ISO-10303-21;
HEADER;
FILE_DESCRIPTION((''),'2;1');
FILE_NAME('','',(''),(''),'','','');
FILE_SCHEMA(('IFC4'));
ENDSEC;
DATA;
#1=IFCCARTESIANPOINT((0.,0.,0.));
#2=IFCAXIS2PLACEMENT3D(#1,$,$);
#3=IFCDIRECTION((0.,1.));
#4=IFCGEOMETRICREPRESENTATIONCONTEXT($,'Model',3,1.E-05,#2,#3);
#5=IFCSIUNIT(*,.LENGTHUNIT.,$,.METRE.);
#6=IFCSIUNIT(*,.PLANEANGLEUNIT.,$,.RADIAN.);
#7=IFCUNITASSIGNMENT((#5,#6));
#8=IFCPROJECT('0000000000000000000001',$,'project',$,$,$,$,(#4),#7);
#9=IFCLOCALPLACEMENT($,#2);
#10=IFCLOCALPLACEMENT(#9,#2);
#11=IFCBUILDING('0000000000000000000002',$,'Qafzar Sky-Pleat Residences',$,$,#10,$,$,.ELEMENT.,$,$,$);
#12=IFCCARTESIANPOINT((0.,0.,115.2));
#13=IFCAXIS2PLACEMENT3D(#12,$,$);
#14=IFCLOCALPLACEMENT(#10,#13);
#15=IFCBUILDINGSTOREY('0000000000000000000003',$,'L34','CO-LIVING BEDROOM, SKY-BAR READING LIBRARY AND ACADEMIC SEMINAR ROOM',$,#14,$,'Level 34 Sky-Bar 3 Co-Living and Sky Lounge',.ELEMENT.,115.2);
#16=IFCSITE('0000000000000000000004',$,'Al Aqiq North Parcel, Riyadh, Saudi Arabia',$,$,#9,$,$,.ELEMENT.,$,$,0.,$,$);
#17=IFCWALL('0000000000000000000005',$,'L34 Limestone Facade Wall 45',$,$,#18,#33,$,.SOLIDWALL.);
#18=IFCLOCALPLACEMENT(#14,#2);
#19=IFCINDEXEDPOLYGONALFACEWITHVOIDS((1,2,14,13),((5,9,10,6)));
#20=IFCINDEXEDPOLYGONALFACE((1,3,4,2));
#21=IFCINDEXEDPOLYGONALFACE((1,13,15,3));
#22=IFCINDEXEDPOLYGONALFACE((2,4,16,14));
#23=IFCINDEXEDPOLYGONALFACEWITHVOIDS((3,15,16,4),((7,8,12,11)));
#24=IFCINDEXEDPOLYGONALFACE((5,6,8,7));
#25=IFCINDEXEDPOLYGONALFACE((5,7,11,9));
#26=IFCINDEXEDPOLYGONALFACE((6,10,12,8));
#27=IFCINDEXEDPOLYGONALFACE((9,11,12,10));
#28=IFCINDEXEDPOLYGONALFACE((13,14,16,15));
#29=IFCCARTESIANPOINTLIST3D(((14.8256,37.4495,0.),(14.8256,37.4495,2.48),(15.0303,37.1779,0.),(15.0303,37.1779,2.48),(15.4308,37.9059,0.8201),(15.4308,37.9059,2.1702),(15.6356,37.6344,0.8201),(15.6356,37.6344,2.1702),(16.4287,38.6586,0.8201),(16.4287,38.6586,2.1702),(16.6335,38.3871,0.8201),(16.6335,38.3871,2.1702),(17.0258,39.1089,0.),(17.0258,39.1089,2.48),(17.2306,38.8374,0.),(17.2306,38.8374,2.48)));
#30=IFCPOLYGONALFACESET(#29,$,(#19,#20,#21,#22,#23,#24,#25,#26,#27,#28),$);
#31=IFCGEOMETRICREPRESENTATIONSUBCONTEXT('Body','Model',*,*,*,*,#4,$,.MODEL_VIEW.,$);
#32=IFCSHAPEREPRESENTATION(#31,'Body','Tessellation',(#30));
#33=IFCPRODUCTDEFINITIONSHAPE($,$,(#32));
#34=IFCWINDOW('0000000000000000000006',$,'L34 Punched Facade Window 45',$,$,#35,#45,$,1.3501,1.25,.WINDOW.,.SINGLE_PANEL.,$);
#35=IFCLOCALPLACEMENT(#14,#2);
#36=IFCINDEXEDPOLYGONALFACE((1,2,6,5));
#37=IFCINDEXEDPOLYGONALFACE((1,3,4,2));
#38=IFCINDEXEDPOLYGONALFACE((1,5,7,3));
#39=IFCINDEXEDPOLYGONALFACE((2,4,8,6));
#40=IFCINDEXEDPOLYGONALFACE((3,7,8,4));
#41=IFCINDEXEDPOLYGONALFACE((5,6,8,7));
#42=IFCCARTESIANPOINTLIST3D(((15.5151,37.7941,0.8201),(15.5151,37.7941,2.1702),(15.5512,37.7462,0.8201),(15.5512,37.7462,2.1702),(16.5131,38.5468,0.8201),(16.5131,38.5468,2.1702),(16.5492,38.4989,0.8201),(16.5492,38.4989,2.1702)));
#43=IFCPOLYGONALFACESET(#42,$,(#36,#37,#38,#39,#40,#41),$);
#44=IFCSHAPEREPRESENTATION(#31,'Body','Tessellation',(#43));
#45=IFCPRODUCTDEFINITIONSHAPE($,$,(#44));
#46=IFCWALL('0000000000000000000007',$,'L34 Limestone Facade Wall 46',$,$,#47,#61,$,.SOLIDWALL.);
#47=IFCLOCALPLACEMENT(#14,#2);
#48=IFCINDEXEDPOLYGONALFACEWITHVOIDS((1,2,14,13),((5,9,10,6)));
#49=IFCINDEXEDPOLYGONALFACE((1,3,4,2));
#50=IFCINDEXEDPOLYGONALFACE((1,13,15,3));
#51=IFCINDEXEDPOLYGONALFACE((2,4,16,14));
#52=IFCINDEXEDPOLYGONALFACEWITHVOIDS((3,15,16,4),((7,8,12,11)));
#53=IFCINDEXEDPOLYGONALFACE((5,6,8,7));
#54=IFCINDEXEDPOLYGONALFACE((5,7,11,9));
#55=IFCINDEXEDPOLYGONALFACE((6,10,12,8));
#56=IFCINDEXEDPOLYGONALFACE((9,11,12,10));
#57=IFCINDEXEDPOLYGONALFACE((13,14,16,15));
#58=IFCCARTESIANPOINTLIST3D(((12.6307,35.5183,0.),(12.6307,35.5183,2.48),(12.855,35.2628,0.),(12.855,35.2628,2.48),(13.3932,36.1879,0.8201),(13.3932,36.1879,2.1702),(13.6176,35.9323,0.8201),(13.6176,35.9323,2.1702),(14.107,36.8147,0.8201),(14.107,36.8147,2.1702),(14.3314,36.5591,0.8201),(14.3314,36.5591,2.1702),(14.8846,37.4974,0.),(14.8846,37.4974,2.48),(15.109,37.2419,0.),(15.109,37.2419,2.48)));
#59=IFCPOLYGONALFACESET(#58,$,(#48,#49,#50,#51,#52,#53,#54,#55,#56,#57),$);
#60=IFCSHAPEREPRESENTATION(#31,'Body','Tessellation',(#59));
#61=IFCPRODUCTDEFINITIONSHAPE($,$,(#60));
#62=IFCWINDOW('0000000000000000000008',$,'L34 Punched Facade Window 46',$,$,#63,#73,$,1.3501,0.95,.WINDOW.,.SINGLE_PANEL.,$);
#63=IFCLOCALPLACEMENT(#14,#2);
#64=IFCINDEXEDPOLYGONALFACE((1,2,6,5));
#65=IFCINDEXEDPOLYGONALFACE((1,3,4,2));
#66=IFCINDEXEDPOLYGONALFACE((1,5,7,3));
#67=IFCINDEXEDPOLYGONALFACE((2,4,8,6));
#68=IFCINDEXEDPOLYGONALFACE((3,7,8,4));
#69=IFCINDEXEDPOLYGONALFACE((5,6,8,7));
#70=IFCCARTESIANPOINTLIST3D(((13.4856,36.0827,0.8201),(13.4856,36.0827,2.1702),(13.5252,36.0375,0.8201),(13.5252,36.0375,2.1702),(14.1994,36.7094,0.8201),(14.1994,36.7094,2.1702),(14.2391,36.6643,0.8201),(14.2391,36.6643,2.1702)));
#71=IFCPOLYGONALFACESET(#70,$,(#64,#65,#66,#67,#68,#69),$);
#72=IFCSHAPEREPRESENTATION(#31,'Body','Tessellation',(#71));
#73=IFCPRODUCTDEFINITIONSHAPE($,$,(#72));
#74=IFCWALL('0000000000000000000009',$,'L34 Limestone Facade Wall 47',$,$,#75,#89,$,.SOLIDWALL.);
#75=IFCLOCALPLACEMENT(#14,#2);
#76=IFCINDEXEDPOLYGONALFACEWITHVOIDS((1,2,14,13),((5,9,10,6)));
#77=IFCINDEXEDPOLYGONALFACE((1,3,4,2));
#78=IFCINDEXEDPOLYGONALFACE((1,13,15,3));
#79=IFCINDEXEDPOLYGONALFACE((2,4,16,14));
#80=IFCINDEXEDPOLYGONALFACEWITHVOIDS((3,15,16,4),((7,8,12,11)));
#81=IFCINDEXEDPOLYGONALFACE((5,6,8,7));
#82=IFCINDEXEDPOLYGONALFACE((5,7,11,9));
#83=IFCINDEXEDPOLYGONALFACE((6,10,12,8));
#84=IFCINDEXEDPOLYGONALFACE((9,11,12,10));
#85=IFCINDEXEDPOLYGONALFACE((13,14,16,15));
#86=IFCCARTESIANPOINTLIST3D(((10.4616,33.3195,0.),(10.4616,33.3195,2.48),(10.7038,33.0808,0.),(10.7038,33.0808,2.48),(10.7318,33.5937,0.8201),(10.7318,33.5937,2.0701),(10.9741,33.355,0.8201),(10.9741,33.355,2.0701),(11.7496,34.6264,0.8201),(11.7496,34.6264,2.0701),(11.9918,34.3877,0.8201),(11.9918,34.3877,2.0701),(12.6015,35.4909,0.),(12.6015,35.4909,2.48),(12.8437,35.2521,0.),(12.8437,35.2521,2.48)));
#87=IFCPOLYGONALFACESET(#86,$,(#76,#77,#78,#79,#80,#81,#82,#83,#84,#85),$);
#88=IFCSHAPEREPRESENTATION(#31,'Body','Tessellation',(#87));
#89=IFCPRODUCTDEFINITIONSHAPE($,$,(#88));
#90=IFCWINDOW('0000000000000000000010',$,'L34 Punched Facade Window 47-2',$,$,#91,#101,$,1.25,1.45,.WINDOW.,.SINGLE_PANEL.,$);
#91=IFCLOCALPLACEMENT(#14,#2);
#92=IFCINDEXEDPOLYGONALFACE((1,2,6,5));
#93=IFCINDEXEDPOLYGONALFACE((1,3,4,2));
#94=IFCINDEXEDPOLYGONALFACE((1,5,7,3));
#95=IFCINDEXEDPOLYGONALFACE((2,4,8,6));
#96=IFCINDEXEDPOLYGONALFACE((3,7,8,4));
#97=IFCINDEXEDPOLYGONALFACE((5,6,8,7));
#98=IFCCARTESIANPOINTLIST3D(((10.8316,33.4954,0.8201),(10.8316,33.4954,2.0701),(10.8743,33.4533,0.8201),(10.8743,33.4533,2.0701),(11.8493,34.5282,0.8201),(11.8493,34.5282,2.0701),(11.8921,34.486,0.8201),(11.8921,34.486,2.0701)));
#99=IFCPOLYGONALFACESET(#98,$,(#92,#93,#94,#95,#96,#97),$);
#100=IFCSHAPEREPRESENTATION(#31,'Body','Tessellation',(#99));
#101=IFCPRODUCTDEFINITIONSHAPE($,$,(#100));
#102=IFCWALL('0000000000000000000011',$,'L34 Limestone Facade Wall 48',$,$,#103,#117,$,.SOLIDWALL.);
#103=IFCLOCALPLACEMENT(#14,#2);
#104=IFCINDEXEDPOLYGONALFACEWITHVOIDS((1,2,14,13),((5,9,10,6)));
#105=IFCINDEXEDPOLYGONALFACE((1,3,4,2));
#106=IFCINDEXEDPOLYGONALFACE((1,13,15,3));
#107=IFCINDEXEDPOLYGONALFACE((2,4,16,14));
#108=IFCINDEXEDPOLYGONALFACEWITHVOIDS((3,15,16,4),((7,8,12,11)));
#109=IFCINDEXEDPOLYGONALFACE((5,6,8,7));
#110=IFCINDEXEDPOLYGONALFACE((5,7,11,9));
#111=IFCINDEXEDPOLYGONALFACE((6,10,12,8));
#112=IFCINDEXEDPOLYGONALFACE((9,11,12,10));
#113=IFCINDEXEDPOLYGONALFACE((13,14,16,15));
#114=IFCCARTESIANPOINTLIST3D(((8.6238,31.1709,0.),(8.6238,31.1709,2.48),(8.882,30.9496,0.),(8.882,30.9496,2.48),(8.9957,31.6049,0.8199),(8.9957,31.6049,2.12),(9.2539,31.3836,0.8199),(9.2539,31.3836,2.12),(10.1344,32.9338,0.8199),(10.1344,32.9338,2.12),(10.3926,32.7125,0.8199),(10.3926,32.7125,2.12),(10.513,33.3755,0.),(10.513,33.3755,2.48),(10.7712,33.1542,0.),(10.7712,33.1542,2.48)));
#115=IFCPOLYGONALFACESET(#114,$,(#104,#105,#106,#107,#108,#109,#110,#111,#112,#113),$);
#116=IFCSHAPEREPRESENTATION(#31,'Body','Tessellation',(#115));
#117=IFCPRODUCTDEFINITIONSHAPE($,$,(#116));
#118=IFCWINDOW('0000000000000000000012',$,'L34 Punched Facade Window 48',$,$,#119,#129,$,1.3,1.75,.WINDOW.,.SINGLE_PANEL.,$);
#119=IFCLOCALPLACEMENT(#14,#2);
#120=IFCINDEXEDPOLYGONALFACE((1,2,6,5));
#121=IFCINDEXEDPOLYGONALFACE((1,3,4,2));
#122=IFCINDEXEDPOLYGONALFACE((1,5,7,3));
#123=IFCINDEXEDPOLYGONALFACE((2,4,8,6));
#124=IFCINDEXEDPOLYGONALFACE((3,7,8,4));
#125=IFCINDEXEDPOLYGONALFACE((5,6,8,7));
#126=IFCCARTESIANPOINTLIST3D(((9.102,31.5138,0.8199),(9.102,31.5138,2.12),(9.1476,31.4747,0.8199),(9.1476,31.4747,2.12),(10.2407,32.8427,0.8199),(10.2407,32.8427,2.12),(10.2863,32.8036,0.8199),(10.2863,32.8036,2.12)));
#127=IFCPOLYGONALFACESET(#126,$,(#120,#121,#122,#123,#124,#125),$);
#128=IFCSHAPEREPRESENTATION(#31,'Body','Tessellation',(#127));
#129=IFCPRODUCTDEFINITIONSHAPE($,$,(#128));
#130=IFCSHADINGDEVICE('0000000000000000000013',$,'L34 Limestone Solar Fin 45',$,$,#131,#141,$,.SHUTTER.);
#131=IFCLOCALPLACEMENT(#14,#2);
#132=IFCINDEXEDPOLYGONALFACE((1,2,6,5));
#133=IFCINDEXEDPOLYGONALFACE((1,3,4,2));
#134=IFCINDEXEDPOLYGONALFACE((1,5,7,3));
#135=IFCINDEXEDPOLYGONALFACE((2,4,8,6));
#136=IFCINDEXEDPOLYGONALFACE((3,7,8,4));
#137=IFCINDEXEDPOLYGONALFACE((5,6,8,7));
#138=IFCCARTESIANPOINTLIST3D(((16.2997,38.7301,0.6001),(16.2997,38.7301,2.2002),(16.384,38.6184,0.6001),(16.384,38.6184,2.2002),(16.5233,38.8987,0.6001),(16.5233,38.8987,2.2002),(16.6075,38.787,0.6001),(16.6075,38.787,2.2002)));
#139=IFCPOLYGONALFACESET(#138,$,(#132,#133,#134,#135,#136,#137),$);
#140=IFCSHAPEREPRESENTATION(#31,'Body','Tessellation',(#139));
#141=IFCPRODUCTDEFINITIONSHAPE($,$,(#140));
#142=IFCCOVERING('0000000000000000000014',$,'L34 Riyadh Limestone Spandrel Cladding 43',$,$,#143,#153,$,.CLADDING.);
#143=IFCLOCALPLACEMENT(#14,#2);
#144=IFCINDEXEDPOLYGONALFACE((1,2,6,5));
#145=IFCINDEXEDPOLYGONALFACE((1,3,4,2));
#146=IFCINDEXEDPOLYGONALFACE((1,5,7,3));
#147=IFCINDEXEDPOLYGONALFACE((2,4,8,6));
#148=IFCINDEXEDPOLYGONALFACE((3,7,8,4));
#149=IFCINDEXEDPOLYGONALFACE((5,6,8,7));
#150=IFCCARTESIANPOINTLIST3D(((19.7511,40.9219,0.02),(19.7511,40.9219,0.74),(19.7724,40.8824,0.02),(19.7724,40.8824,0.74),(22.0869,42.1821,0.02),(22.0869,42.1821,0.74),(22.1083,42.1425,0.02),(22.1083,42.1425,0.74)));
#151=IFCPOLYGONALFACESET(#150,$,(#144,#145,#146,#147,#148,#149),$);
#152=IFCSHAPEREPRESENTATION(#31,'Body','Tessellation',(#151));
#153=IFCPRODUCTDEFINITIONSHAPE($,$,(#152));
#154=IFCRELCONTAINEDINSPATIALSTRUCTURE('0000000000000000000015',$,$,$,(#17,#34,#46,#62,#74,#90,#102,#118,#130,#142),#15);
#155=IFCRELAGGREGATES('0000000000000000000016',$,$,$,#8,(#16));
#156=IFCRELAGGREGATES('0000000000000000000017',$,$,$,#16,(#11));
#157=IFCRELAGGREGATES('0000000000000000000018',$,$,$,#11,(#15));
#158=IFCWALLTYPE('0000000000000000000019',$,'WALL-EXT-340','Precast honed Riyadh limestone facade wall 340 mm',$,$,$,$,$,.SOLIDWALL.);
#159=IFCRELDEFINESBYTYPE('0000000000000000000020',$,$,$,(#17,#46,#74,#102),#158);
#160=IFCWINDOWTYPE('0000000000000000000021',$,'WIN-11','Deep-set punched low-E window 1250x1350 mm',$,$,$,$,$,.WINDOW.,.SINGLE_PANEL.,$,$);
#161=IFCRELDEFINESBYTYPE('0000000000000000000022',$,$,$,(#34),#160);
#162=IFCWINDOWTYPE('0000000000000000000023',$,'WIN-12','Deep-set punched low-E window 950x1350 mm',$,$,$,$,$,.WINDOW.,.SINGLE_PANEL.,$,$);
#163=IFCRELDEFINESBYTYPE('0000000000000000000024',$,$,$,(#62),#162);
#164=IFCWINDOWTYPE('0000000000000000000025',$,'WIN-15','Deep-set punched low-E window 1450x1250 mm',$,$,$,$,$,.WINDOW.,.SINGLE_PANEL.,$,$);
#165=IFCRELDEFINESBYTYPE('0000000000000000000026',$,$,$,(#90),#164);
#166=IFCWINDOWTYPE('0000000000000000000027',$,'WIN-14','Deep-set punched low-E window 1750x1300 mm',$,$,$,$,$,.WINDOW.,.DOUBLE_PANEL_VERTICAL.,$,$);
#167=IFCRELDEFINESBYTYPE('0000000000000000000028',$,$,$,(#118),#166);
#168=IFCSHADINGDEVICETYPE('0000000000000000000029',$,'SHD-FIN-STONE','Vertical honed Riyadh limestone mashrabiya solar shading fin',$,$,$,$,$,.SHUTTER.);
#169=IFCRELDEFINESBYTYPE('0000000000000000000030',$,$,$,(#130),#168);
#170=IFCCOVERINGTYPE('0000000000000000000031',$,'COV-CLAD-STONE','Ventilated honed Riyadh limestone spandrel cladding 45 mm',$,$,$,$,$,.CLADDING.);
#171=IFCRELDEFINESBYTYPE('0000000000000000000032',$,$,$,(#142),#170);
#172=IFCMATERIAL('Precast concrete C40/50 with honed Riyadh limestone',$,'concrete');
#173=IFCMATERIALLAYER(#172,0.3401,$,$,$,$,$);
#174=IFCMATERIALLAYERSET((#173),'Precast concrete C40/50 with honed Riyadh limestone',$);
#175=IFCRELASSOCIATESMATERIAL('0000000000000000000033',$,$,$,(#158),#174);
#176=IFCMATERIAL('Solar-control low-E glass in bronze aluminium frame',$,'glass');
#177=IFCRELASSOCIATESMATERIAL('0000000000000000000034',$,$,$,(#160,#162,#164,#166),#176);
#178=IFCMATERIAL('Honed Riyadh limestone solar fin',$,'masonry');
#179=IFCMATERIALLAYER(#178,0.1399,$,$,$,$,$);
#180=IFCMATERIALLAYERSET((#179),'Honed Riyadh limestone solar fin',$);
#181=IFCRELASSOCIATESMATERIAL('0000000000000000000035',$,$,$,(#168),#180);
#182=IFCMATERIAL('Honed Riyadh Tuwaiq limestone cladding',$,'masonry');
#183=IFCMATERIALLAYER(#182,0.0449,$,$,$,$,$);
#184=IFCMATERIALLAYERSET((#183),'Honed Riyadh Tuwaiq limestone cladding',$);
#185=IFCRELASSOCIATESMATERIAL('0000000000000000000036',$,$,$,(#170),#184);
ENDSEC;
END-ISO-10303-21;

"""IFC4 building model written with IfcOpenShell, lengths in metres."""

from ifc_helpers import new_model, si_unit, direction, frame, frame_2d, origin, origin_2d, place, context, subcontext, project, spatial, rectangle, extrude, source, transform, mapped, material, layer, layer_set, type_object, element, fill, save


model = new_model("IFC4")

# Units and contexts
model_context = context("Model", 3, precision=1e-05, world=origin(), true_north=direction((0.0, 1.0)))
body_context = subcontext(model_context, "Body", "Model", "MODEL_VIEW")
ifc_project = project(units=[si_unit("LENGTHUNIT", "METRE"), si_unit("PLANEANGLEUNIT", "RADIAN")], contexts=[model_context])

# Site, building, storey
site_placement = place(None, origin())
site = spatial("IfcSite", under=ifc_project, at=site_placement, Name="Al Aqiq North Parcel, Riyadh, Saudi Arabia", CompositionType="ELEMENT", RefElevation=0.0)
building_placement = place(site_placement, origin())
building = spatial("IfcBuilding", under=site, at=building_placement, Name="Qafzar Sky-Pleat Residences", CompositionType="ELEMENT")
storey_placement = place(building_placement, frame((0.0, 0.0, 115.2)))
storey = spatial("IfcBuildingStorey", under=building, at=storey_placement, Name="L34", Description="CO-LIVING BEDROOM, SKY-BAR READING LIBRARY AND ACADEMIC SEMINAR ROOM", LongName="Level 34 Sky-Bar 3 Co-Living and Sky Lounge", CompositionType="ELEMENT", Elevation=115.2)

# Walls, openings, windows
ifc_material_1 = material(Name="Precast concrete C40/50 with honed Riyadh limestone", Category="concrete")
ifc_layer_1 = layer(ifc_material_1, 0.3401)
ifc_layer_set_1 = layer_set([ifc_layer_1], Name="Precast concrete C40/50 with honed Riyadh limestone")
wall_type_1 = type_object("IfcWallType", Name="WALL-EXT-340", Description="Precast honed Riyadh limestone facade wall 340 mm", PredefinedType="SOLIDWALL", material=ifc_layer_set_1)
ifc_material_2 = material(Name="Solar-control low-E glass in bronze aluminium frame", Category="glass")
wall_1_placement = place(storey_placement, frame((17.1282, 38.9731, 0.0), z_axis=(0.0, 0.0, 1.0), x_axis=(-0.798381, -0.602152, 0.0)))
wall_1 = element("IfcWall", 1, at=wall_1_placement, inside=storey, type_object=wall_type_1, Name="L34 Limestone Facade Wall 45", PredefinedType="SOLIDWALL", context=body_context, shape_type="SweptSolid", body=[
    extrude(rectangle(XDim=2.7559, YDim=0.3401, at=frame_2d((1.3779, 0.0))), origin(), (0.0, 0.0, 1.0), 2.48),
])
opening_1_placement = place(wall_1_placement, frame((0.7478, 0.0, 0.8201)))
opening_1 = element("IfcOpeningElement", 2, at=opening_1_placement, cuts=wall_1, PredefinedType="OPENING", context=body_context, shape_type="SweptSolid", body=[
    extrude(rectangle(XDim=1.25, YDim=1.3501, at=frame_2d((0.625, 0.675))), frame((0.0, 0.1802, 0.0), z_axis=(0.0, -1.0, 0.0), x_axis=(1.0, 0.0, 0.0)), (0.0, 0.0, 1.0), 0.3601),
])
window_type_1 = type_object("IfcWindowType", Name="WIN-11", Description="Deep-set punched low-E window 1250x1350 mm", PartitioningType="SINGLE_PANEL", PredefinedType="WINDOW", material=ifc_material_2)
shared_shape_1 = source(origin(), body_context, "Body", "SweptSolid", [
    extrude(rectangle(XDim=1.25, YDim=1.3501, at=frame_2d((0.625, 0.675))), frame((0.0, 0.03, 0.0), z_axis=(0.0, -1.0, 0.0), x_axis=(1.0, 0.0, 0.0)), (0.0, 0.0, 1.0), 0.0601),
])
window_1_placement = place(opening_1_placement, origin())
window_1 = element("IfcWindow", 3, at=window_1_placement, inside=storey, type_object=window_type_1, Name="L34 Punched Facade Window 45", OverallHeight=1.3501, OverallWidth=1.25, PartitioningType="SINGLE_PANEL", PredefinedType="WINDOW", context=body_context, shape_type="MappedRepresentation", body=[
    mapped(shared_shape_1, transform((0.0, 0.0, 0.0), x_axis=(1.0, 0.0, 0.0), y_axis=(0.0, 1.0, 0.0), z_axis=(0.0, 0.0, 1.0), scale=1.0)),
])
fill(opening_1, window_1)
wall_2_placement = place(storey_placement, frame((14.9968, 37.3696, 0.0), z_axis=(0.0, 0.0, 1.0), x_axis=(-0.751446, -0.659794, 0.0)))
wall_2 = element("IfcWall", 4, at=wall_2_placement, inside=storey, type_object=wall_type_1, Name="L34 Limestone Facade Wall 46", PredefinedType="SOLIDWALL", context=body_context, shape_type="SweptSolid", body=[
    extrude(rectangle(XDim=2.9995, YDim=0.3401, at=frame_2d((1.4998, 0.0))), origin(), (0.0, 0.0, 1.0), 2.48),
])
opening_2_placement = place(wall_2_placement, frame((1.0347, 0.0, 0.8201)))
opening_2 = element("IfcOpeningElement", 5, at=opening_2_placement, cuts=wall_2, PredefinedType="OPENING", context=body_context, shape_type="SweptSolid", body=[
    extrude(rectangle(XDim=0.95, YDim=1.3501, at=frame_2d((0.4751, 0.675))), frame((0.0, 0.1802, 0.0), z_axis=(0.0, -1.0, 0.0), x_axis=(1.0, 0.0, 0.0)), (0.0, 0.0, 1.0), 0.3601),
])
window_type_2 = type_object("IfcWindowType", Name="WIN-12", Description="Deep-set punched low-E window 950x1350 mm", PartitioningType="SINGLE_PANEL", PredefinedType="WINDOW", material=ifc_material_2)
shared_shape_2 = source(origin(), body_context, "Body", "SweptSolid", [
    extrude(rectangle(XDim=0.95, YDim=1.3501, at=frame_2d((0.4751, 0.675))), frame((0.0, 0.03, 0.0), z_axis=(0.0, -1.0, 0.0), x_axis=(1.0, 0.0, 0.0)), (0.0, 0.0, 1.0), 0.0601),
])
window_2_placement = place(opening_2_placement, origin())
window_2 = element("IfcWindow", 6, at=window_2_placement, inside=storey, type_object=window_type_2, Name="L34 Punched Facade Window 46", OverallHeight=1.3501, OverallWidth=0.95, PartitioningType="SINGLE_PANEL", PredefinedType="WINDOW", context=body_context, shape_type="MappedRepresentation", body=[
    mapped(shared_shape_2, transform((0.0, 0.0, 0.0), x_axis=(1.0, 0.0, 0.0), y_axis=(0.0, 1.0, 0.0), z_axis=(0.0, 0.0, 1.0), scale=1.0)),
])
fill(opening_2, window_2)
wall_3_placement = place(storey_placement, frame((12.7227, 35.3716, 0.0), z_axis=(0.0, 0.0, 1.0), x_axis=(-0.701923, -0.712253, 0.0)))
wall_3 = element("IfcWall", 7, at=wall_3_placement, inside=storey, type_object=wall_type_1, Name="L34 Limestone Facade Wall 47", PredefinedType="SOLIDWALL", context=body_context, shape_type="SweptSolid", body=[
    extrude(rectangle(XDim=3.0486, YDim=0.3401, at=frame_2d((1.5244, 0.0))), origin(), (0.0, 0.0, 1.0), 2.48),
])
opening_3_placement = place(wall_3_placement, frame((1.2136, 0.0, 0.8201)))
opening_3 = element("IfcOpeningElement", 8, at=opening_3_placement, cuts=wall_3, PredefinedType="OPENING", context=body_context, shape_type="SweptSolid", body=[
    extrude(rectangle(XDim=1.45, YDim=1.25, at=frame_2d((0.7251, 0.625))), frame((0.0, 0.1802, 0.0), z_axis=(0.0, -1.0, 0.0), x_axis=(1.0, 0.0, 0.0)), (0.0, 0.0, 1.0), 0.3601),
])
window_type_3 = type_object("IfcWindowType", Name="WIN-15", Description="Deep-set punched low-E window 1450x1250 mm", PartitioningType="SINGLE_PANEL", PredefinedType="WINDOW", material=ifc_material_2)
shared_shape_3 = source(origin(), body_context, "Body", "SweptSolid", [
    extrude(rectangle(XDim=1.45, YDim=1.25, at=frame_2d((0.7251, 0.625))), frame((0.0, 0.03, 0.0), z_axis=(0.0, -1.0, 0.0), x_axis=(1.0, 0.0, 0.0)), (0.0, 0.0, 1.0), 0.0601),
])
window_3_placement = place(opening_3_placement, origin())
window_3 = element("IfcWindow", 9, at=window_3_placement, inside=storey, type_object=window_type_3, Name="L34 Punched Facade Window 47-2", OverallHeight=1.25, OverallWidth=1.45, PartitioningType="SINGLE_PANEL", PredefinedType="WINDOW", context=body_context, shape_type="MappedRepresentation", body=[
    mapped(shared_shape_3, transform((0.0, 0.0, 0.0), x_axis=(1.0, 0.0, 0.0), y_axis=(0.0, 1.0, 0.0), z_axis=(0.0, 0.0, 1.0), scale=1.0)),
])
fill(opening_3, window_3)
wall_4_placement = place(storey_placement, frame((10.6421, 33.2649, 0.0), z_axis=(0.0, 0.0, 1.0), x_axis=(-0.650694, -0.75934, 0.0)))
wall_4 = element("IfcWall", 10, at=wall_4_placement, inside=storey, type_object=wall_type_1, Name="L34 Limestone Facade Wall 48", PredefinedType="SOLIDWALL", context=body_context, shape_type="SweptSolid", body=[
    extrude(rectangle(XDim=2.9033, YDim=0.3401, at=frame_2d((1.4517, 0.0))), origin(), (0.0, 0.0, 1.0), 2.48),
])
opening_4_placement = place(wall_4_placement, frame((0.5818, 0.0, 0.8201)))
opening_4 = element("IfcOpeningElement", 11, at=opening_4_placement, cuts=wall_4, PredefinedType="OPENING", context=body_context, shape_type="SweptSolid", body=[
    extrude(rectangle(XDim=1.75, YDim=1.3, at=frame_2d((0.875, 0.6499))), frame((0.0, 0.1802, 0.0), z_axis=(0.0, -1.0, 0.0), x_axis=(1.0, 0.0, 0.0)), (0.0, 0.0, 1.0), 0.3601),
])
window_type_4 = type_object("IfcWindowType", Name="WIN-14", Description="Deep-set punched low-E window 1750x1300 mm", PartitioningType="DOUBLE_PANEL_VERTICAL", PredefinedType="WINDOW", material=ifc_material_2)
shared_shape_4 = source(origin(), body_context, "Body", "SweptSolid", [
    extrude(rectangle(XDim=1.75, YDim=1.3, at=frame_2d((0.875, 0.6499))), frame((0.0, 0.03, 0.0), z_axis=(0.0, -1.0, 0.0), x_axis=(1.0, 0.0, 0.0)), (0.0, 0.0, 1.0), 0.0601),
])
window_4_placement = place(opening_4_placement, origin())
window_4 = element("IfcWindow", 12, at=window_4_placement, inside=storey, type_object=window_type_4, Name="L34 Punched Facade Window 48", OverallHeight=1.3, OverallWidth=1.75, PartitioningType="SINGLE_PANEL", PredefinedType="WINDOW", context=body_context, shape_type="MappedRepresentation", body=[
    mapped(shared_shape_4, transform((0.0, 0.0, 0.0), x_axis=(1.0, 0.0, 0.0), y_axis=(0.0, 1.0, 0.0), z_axis=(0.0, 0.0, 1.0), scale=1.0)),
])
fill(opening_4, window_4)

# Shading device
ifc_material_3 = material(Name="Honed Riyadh limestone solar fin", Category="masonry")
ifc_layer_2 = layer(ifc_material_3, 0.1399)
ifc_layer_set_2 = layer_set([ifc_layer_2], Name="Honed Riyadh limestone solar fin")
shading_device_type = type_object("IfcShadingDeviceType", Name="SHD-FIN-STONE", Description="Vertical honed Riyadh limestone mashrabiya solar shading fin", PredefinedType="SHUTTER", material=ifc_layer_set_2)
shared_shape_5 = source(origin(), body_context, "Body", "SweptSolid", [
    extrude(rectangle(XDim=0.1399, YDim=0.28, at=origin_2d()), origin(), (0.0, 0.0, 1.0), 1.6001),
])
shading_device_placement = place(storey_placement, frame((16.4536, 38.7585, 0.6001), z_axis=(0.0, 0.0, 1.0), x_axis=(-0.60218, 0.798361, 0.0)))
element("IfcShadingDevice", 13, at=shading_device_placement, inside=storey, type_object=shading_device_type, Name="L34 Limestone Solar Fin 45", PredefinedType="SHUTTER", context=body_context, shape_type="MappedRepresentation", body=[
    mapped(shared_shape_5, transform((0.0, 0.0, 0.0), x_axis=(1.0, 0.0, 0.0), y_axis=(0.0, 1.0, 0.0), z_axis=(0.0, 0.0, 1.0), scale=1.0)),
])

# Covering
ifc_material_4 = material(Name="Honed Riyadh Tuwaiq limestone cladding", Category="masonry")
ifc_layer_3 = layer(ifc_material_4, 0.0449)
ifc_layer_set_3 = layer_set([ifc_layer_3], Name="Honed Riyadh Tuwaiq limestone cladding")
covering_type = type_object("IfcCoveringType", Name="COV-CLAD-STONE", Description="Ventilated honed Riyadh limestone spandrel cladding 45 mm", PredefinedType="CLADDING", material=ifc_layer_set_3)
shared_shape_6 = source(origin(), body_context, "Body", "SweptSolid", [
    extrude(rectangle(XDim=2.6541, YDim=0.0449, at=origin_2d()), origin(), (0.0, 0.0, 1.0), 0.72),
])
covering_1_placement = place(storey_placement, frame((20.9297, 41.5322, 0.02), z_axis=(0.0, 0.0, 1.0), x_axis=(-0.880092, -0.474803, 0.0)))
element("IfcCovering", 14, at=covering_1_placement, inside=storey, type_object=covering_type, Name="L34 Riyadh Limestone Spandrel Cladding 43", PredefinedType="CLADDING", context=body_context, shape_type="MappedRepresentation", body=[
    mapped(shared_shape_6, transform((0.0, 0.0, 0.0), x_axis=(1.0, 0.0, 0.0), y_axis=(0.0, 1.0, 0.0), z_axis=(0.0, 0.0, 1.0), scale=1.0)),
])

save(model, "model.ifc")
